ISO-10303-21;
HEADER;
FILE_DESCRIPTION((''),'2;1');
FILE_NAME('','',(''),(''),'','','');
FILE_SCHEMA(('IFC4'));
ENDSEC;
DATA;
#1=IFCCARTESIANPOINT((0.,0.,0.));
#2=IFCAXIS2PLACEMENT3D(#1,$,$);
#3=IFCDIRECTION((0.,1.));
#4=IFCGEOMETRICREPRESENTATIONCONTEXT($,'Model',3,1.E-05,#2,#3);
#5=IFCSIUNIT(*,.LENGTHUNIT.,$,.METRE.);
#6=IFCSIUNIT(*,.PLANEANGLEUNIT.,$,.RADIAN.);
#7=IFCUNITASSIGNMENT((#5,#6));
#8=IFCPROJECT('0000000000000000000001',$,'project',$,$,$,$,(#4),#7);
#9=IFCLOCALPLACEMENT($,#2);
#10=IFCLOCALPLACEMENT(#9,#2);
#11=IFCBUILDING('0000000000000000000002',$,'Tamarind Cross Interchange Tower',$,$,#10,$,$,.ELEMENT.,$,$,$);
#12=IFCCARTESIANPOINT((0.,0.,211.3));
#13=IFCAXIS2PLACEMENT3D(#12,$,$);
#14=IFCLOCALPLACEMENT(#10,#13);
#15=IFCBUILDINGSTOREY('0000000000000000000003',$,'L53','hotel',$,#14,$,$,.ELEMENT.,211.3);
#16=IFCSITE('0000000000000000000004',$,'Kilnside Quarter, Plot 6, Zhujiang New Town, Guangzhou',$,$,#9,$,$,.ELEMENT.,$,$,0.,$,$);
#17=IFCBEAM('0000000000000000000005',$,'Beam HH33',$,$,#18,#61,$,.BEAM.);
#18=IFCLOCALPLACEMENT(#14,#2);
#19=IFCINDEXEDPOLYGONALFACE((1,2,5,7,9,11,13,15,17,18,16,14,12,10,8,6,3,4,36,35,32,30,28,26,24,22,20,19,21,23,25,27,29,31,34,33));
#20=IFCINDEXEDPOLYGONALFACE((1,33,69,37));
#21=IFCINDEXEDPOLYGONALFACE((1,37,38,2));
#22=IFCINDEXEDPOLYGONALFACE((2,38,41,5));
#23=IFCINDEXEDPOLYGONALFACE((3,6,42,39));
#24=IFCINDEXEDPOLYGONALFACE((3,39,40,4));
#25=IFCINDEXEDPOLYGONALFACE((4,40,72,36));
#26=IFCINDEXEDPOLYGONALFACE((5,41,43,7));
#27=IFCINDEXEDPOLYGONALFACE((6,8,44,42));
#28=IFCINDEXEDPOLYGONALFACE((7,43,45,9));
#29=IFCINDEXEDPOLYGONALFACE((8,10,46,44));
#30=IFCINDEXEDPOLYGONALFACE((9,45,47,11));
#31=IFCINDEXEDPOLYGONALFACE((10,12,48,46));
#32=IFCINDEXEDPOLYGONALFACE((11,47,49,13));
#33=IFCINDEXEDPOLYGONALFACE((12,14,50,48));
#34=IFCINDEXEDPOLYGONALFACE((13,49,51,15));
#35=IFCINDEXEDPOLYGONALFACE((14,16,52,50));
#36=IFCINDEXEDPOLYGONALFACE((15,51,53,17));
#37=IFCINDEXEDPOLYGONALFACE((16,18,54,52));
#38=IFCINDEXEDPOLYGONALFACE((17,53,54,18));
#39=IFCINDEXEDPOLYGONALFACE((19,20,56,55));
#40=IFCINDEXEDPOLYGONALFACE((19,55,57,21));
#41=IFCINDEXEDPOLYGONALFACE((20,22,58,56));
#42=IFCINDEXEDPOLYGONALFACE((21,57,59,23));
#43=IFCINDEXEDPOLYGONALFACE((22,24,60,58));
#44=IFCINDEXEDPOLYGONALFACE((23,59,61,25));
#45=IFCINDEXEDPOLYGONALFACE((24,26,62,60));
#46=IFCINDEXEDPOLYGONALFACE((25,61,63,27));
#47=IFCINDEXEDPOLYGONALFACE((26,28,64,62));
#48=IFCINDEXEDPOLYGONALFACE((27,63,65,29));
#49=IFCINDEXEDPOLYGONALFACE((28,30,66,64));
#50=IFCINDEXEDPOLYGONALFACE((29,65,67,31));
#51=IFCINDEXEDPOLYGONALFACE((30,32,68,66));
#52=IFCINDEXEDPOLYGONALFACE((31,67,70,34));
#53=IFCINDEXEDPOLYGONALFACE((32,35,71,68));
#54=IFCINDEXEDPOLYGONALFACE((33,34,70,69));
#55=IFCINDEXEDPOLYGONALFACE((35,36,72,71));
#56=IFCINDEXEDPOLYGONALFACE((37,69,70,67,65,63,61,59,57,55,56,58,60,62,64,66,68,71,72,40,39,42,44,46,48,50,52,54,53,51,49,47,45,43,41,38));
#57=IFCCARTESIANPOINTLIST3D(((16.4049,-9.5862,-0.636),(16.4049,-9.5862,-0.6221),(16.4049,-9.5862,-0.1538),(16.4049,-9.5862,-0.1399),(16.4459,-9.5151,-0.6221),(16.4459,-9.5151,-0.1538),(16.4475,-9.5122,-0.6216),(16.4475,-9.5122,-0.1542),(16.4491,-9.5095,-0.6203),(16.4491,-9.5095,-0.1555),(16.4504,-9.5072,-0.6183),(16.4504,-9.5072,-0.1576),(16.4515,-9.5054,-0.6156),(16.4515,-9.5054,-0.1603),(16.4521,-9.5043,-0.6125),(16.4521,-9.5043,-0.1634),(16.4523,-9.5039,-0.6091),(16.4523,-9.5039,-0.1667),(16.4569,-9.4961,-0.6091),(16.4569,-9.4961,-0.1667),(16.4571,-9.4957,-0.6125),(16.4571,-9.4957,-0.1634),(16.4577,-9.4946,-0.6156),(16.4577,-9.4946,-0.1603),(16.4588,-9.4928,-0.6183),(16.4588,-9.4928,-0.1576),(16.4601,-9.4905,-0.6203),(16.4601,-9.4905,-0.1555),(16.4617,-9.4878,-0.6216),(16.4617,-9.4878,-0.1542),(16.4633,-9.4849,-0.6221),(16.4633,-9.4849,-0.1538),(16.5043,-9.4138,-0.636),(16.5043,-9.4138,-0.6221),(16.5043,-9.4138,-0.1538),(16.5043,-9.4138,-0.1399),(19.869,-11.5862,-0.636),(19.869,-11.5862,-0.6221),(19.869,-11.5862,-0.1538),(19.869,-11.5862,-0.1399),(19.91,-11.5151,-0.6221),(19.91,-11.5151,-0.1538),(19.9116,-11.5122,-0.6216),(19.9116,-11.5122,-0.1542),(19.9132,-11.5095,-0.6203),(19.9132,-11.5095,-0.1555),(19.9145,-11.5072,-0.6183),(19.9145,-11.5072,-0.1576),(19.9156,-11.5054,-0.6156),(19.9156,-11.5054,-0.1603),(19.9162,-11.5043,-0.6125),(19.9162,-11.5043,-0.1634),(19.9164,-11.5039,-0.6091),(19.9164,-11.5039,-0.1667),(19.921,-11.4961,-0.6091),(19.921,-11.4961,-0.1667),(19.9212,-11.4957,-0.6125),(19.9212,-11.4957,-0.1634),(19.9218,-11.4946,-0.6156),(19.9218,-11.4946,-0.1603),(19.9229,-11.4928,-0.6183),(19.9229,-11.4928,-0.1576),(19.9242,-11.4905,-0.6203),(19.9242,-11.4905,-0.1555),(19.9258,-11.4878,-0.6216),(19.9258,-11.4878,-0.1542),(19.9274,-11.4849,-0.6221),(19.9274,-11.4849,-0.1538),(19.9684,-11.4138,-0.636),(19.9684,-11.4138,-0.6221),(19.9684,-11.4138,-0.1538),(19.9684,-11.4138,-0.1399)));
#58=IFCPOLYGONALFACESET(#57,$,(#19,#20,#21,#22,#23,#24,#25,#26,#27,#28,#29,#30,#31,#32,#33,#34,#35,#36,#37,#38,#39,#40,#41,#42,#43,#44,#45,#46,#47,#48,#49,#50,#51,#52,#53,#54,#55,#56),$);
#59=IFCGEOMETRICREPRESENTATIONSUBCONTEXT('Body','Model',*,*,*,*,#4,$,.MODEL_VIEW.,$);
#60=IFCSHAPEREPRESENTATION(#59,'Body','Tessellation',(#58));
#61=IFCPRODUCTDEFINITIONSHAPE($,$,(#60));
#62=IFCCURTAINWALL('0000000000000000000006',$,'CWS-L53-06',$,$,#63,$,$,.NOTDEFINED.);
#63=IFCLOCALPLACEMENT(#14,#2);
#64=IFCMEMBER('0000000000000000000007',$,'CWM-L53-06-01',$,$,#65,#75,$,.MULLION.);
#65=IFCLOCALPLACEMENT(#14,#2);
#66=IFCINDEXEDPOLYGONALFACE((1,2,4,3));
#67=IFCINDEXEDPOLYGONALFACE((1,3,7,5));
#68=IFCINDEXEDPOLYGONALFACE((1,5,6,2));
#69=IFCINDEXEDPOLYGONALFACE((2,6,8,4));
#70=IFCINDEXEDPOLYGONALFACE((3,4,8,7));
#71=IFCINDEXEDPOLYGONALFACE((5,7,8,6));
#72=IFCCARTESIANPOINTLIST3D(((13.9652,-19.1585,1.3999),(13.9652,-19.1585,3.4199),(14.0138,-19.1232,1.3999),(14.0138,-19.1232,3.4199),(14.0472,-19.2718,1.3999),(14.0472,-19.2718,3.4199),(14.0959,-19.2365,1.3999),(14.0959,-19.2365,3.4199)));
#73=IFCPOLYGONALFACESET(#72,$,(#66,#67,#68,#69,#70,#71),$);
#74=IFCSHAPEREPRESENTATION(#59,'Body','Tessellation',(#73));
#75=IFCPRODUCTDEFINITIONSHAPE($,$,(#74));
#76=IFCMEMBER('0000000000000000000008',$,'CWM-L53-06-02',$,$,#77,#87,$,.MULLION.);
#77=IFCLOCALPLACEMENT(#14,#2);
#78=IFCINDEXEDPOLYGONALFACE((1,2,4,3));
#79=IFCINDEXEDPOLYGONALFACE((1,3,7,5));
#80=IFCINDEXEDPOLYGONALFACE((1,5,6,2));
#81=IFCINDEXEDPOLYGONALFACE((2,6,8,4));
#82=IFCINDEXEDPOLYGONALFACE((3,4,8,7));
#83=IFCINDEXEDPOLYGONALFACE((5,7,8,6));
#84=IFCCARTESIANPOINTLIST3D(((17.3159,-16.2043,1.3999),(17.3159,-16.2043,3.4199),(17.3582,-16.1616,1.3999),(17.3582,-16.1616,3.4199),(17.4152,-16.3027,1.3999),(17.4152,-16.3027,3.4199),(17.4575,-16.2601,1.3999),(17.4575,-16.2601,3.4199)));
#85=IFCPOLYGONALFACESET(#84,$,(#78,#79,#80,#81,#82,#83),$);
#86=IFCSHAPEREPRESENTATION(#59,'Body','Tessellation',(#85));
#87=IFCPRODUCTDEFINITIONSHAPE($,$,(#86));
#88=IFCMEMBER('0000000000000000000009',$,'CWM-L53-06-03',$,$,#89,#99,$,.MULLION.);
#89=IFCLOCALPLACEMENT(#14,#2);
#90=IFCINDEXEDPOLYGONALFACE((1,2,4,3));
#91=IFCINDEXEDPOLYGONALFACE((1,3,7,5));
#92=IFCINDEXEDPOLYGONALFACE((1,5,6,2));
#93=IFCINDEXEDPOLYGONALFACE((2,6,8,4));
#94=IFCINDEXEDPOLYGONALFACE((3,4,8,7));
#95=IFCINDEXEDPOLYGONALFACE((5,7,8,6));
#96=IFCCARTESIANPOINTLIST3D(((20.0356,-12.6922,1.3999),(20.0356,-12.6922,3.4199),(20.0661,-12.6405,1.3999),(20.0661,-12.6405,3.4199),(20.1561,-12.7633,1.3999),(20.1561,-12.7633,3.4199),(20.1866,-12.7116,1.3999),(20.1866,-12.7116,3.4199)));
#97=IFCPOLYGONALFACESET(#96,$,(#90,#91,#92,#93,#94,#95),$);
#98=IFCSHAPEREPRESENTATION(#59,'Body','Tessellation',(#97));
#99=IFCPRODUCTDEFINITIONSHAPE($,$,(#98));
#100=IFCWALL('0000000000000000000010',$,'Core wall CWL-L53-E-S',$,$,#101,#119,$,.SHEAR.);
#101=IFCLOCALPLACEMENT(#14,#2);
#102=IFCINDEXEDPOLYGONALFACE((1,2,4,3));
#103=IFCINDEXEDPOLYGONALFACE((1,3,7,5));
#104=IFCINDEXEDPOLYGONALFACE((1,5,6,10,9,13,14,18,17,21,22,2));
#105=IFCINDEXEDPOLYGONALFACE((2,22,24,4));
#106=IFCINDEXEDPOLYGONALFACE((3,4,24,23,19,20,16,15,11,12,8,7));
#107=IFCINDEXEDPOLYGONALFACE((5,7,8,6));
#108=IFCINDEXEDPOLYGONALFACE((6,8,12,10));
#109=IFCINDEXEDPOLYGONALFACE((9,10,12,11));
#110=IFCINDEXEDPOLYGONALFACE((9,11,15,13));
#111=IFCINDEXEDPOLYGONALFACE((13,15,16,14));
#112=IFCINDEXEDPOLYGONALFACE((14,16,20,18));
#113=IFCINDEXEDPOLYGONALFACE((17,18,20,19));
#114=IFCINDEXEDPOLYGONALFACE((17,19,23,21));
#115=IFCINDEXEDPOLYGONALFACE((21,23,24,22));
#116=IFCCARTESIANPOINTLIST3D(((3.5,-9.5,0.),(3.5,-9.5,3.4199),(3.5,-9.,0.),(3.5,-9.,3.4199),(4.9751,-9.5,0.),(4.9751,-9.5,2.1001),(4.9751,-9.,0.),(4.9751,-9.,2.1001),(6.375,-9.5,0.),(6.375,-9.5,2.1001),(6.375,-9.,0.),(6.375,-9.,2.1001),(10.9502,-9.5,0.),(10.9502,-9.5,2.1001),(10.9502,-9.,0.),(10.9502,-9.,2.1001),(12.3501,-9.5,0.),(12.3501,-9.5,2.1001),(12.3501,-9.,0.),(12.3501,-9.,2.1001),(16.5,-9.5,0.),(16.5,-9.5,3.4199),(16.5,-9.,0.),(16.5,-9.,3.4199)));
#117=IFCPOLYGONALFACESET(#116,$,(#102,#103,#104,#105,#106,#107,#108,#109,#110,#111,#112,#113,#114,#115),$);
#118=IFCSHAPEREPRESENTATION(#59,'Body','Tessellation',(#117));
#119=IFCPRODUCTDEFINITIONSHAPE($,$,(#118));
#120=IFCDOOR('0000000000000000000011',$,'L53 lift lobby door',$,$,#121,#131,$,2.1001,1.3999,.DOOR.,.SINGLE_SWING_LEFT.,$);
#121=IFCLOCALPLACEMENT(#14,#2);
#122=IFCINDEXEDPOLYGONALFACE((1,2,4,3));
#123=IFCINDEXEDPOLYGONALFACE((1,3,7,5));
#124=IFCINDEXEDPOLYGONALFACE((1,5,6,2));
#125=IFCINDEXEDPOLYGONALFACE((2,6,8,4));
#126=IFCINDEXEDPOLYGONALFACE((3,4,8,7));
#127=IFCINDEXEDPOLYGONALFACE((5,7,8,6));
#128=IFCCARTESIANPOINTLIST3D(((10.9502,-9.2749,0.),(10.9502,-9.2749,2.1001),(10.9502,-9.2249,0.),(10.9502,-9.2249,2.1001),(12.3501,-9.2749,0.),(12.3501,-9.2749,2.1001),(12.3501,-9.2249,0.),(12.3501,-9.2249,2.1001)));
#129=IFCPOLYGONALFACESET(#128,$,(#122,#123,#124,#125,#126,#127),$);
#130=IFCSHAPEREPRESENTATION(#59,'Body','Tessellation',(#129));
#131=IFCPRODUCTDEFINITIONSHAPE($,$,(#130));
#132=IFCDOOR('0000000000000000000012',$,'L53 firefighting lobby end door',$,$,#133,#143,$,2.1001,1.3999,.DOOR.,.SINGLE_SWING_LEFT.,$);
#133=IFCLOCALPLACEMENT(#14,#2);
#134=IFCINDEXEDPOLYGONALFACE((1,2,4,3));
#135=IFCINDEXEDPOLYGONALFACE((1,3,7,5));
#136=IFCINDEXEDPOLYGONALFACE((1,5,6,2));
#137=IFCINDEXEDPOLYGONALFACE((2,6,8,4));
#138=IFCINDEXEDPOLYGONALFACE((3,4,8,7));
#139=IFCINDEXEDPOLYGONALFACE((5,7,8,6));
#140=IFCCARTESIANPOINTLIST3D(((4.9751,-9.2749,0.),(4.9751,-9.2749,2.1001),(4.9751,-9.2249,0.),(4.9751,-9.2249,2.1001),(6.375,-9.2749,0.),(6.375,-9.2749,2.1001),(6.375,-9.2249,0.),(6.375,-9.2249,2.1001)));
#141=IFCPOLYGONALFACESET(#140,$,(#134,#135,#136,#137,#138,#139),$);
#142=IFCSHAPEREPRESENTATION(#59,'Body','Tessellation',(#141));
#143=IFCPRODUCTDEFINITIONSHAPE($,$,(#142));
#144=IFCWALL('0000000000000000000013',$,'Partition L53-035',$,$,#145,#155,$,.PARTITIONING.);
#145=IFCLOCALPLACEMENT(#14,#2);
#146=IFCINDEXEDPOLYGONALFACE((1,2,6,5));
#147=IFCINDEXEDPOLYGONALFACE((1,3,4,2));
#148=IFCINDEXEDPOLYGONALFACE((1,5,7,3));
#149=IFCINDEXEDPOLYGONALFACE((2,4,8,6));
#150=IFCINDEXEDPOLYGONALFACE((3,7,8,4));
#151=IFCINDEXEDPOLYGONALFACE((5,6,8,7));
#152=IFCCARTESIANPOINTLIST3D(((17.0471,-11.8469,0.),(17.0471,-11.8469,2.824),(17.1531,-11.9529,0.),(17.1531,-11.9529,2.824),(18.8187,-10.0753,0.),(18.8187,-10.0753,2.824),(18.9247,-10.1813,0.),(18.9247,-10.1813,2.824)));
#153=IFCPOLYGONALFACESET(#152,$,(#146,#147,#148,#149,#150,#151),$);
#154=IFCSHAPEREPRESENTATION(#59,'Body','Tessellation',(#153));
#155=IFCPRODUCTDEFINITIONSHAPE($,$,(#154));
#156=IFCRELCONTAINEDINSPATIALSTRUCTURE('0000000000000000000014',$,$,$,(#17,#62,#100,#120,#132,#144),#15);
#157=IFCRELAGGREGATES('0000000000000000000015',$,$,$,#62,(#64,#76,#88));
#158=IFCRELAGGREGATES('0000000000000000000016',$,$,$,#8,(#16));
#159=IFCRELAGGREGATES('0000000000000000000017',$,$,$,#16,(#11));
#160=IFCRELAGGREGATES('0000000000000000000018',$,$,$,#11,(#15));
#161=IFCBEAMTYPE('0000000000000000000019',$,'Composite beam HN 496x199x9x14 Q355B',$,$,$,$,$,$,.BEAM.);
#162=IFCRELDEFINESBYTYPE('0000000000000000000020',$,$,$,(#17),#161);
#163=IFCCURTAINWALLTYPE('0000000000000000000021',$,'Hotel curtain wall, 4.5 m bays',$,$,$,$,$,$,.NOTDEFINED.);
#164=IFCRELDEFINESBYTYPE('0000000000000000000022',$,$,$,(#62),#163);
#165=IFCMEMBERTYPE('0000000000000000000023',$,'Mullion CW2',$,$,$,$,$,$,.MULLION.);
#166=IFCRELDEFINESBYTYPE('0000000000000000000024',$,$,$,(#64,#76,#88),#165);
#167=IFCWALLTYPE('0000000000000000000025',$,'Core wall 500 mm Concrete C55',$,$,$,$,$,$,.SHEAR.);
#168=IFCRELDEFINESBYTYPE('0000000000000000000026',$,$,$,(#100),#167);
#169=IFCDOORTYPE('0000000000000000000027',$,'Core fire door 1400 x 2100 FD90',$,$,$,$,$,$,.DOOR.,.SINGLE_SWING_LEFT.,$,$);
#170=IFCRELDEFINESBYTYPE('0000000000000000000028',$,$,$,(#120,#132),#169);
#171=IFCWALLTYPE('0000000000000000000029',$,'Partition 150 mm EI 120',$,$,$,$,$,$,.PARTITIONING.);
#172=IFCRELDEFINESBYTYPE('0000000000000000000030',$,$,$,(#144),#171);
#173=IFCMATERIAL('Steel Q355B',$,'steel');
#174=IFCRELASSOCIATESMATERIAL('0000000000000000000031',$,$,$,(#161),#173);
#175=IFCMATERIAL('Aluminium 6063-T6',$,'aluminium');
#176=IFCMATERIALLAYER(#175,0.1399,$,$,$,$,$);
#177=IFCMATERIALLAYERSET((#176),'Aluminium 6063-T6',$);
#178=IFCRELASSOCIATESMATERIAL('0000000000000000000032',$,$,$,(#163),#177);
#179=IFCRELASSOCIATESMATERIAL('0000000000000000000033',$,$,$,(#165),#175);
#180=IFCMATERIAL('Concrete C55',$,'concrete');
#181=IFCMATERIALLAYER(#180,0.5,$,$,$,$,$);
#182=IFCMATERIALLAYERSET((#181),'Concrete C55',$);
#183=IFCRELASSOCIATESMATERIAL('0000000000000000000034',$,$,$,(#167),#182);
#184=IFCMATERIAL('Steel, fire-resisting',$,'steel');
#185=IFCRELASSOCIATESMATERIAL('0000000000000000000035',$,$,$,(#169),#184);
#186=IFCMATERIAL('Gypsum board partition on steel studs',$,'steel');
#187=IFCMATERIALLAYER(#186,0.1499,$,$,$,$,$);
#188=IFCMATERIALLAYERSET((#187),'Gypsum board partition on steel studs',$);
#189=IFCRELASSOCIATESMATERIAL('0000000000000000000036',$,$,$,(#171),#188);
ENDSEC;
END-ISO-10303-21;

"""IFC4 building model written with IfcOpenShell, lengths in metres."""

from ifc_helpers import new_model, si_unit, direction, frame, frame_2d, origin, origin_2d, place, context, subcontext, project, spatial, rectangle, i_section, extrude, material, layer, layer_set, material_profile, profile_set, type_object, element, fill, aggregate, save


model = new_model("IFC4")

# Units and contexts
model_context = context("Model", 3, precision=1e-05, world=origin(), true_north=direction((0.0, 1.0)))
body_context = subcontext(model_context, "Body", "Model", "MODEL_VIEW")
ifc_project = project(units=[si_unit("LENGTHUNIT", "METRE"), si_unit("PLANEANGLEUNIT", "RADIAN")], contexts=[model_context])

# Site, building, storey
site_placement = place(None, origin())
site = spatial("IfcSite", under=ifc_project, at=site_placement, Name="Kilnside Quarter, Plot 6, Zhujiang New Town, Guangzhou", CompositionType="ELEMENT", RefElevation=0.0)
building_placement = place(site_placement, origin())
building = spatial("IfcBuilding", under=site, at=building_placement, Name="Tamarind Cross Interchange Tower", CompositionType="ELEMENT")
storey_placement = place(building_placement, frame((0.0, 0.0, 211.3)))
storey = spatial("IfcBuildingStorey", under=building, at=storey_placement, Name="L53", Description="hotel", CompositionType="ELEMENT", Elevation=211.3)

# Shared definitions
ifc_material_1 = material(Name="Concrete C55", Category="concrete")

# Beam
ifc_material_2 = material(Name="Steel Q355B", Category="steel")
ifc_material_profile_1 = material_profile(ifc_material_2, i_section(OverallWidth=0.199, OverallDepth=0.4961, WebThickness=0.009, FlangeThickness=0.0139, FilletRadius=0.0129, at=origin_2d()), Name="HN 496x199x9x14")
ifc_profile_set_1 = profile_set([ifc_material_profile_1], Name="Steel Q355B")
beam_type = type_object("IfcBeamType", Name="Composite beam HN 496x199x9x14 Q355B", PredefinedType="BEAM", material=ifc_profile_set_1)
beam_1_placement = place(storey_placement, frame((19.9187, -11.5, -0.3879), z_axis=(-0.866026, 0.499999, 0.0), x_axis=(-0.499999, -0.866026, 0.0)))
element("IfcBeam", 1, at=beam_1_placement, inside=storey, type_object=beam_type, Name="Beam HH33", PredefinedType="BEAM", context=body_context, shape_type="SweptSolid", body=[
    extrude(i_section(OverallWidth=0.199, OverallDepth=0.4961, WebThickness=0.009, FlangeThickness=0.0139, FilletRadius=0.0129, at=origin_2d()), origin(), (0.0, 0.0, 1.0), 4.0),
])

# Curtain wall, members
ifc_material_3 = material(Name="Aluminium 6063-T6", Category="aluminium")
ifc_layer_1 = layer(ifc_material_3, 0.1399)
ifc_layer_set_1 = layer_set([ifc_layer_1], Name="Aluminium 6063-T6")
curtain_wall_type = type_object("IfcCurtainWallType", Name="Hotel curtain wall, 4.5 m bays", PredefinedType="NOTDEFINED", material=ifc_layer_set_1)
curtain_wall_placement = place(storey_placement, origin())
curtain_wall = element("IfcCurtainWall", 2, at=curtain_wall_placement, inside=storey, type_object=curtain_wall_type, Name="CWS-L53-06", PredefinedType="NOTDEFINED")
ifc_material_profile_2 = material_profile(ifc_material_3, rectangle(XDim=0.0601, YDim=0.1399, at=origin_2d()), Name="Mullion CW2")
ifc_profile_set_2 = profile_set([ifc_material_profile_2], Name="Aluminium 6063-T6")
member_type = type_object("IfcMemberType", Name="Mullion CW2", PredefinedType="MULLION", material=ifc_profile_set_2)
member_1_placement = place(storey_placement, frame((14.0305, -19.1975, 1.3999), z_axis=(0.0, 0.0, 1.0), x_axis=(0.809856, 0.586629, 0.0)))
member_1 = element("IfcMember", 3, at=member_1_placement, type_object=member_type, Name="CWM-L53-06-01", PredefinedType="MULLION", context=body_context, shape_type="SweptSolid", body=[
    extrude(rectangle(XDim=0.0601, YDim=0.1399, at=origin_2d()), origin(), (0.0, 0.0, 1.0), 2.02),
])
member_2_placement = place(storey_placement, frame((17.3867, -16.2322, 1.3999), z_axis=(0.0, 0.0, 1.0), x_axis=(0.704057, 0.710143, 0.0)))
member_2 = element("IfcMember", 4, at=member_2_placement, type_object=member_type, Name="CWM-L53-06-02", PredefinedType="MULLION", context=body_context, shape_type="SweptSolid", body=[
    extrude(rectangle(XDim=0.0601, YDim=0.1399, at=origin_2d()), origin(), (0.0, 0.0, 1.0), 2.02),
])
member_3_placement = place(storey_placement, frame((20.1111, -12.7019, 1.3999), z_axis=(0.0, 0.0, 1.0), x_axis=(0.508183, 0.861249, 0.0)))
member_3 = element("IfcMember", 5, at=member_3_placement, type_object=member_type, Name="CWM-L53-06-03", PredefinedType="MULLION", context=body_context, shape_type="SweptSolid", body=[
    extrude(rectangle(XDim=0.0601, YDim=0.1399, at=origin_2d()), origin(), (0.0, 0.0, 1.0), 2.02),
])
aggregate(curtain_wall, [member_1, member_2, member_3])

# Wall, openings, doors
ifc_layer_2 = layer(ifc_material_1, 0.5)
ifc_layer_set_2 = layer_set([ifc_layer_2], Name="Concrete C55")
wall_type_1 = type_object("IfcWallType", Name="Core wall 500 mm Concrete C55", PredefinedType="SHEAR", material=ifc_layer_set_2)
wall_1_placement = place(storey_placement, frame((16.5, -9.25, 0.0), z_axis=(0.0, 0.0, 1.0), x_axis=(-1.0, 0.0, 0.0)))
wall_1 = element("IfcWall", 6, at=wall_1_placement, inside=storey, type_object=wall_type_1, Name="Core wall CWL-L53-E-S", PredefinedType="SHEAR", context=body_context, shape_type="SweptSolid", body=[
    extrude(rectangle(XDim=13.0, YDim=0.5, at=frame_2d((6.5, 0.0))), origin(), (0.0, 0.0, 1.0), 3.4199),
])
opening_1_placement = place(wall_1_placement, frame((4.1499, 0.0, 0.0)))
opening_1 = element("IfcOpeningElement", 7, at=opening_1_placement, cuts=wall_1, PredefinedType="OPENING", context=body_context, shape_type="SweptSolid", body=[
    extrude(rectangle(XDim=1.3999, YDim=2.1001, at=frame_2d((0.7, 1.05))), frame((0.0, 0.26, 0.0), z_axis=(0.0, -1.0, 0.0), x_axis=(1.0, 0.0, 0.0)), (0.0, 0.0, 1.0), 0.52),
])
opening_2_placement = place(wall_1_placement, frame((10.125, 0.0, 0.0)))
opening_2 = element("IfcOpeningElement", 8, at=opening_2_placement, cuts=wall_1, PredefinedType="OPENING", context=body_context, shape_type="SweptSolid", body=[
    extrude(rectangle(XDim=1.3999, YDim=2.1001, at=frame_2d((0.7, 1.05))), frame((0.0, 0.26, 0.0), z_axis=(0.0, -1.0, 0.0), x_axis=(1.0, 0.0, 0.0)), (0.0, 0.0, 1.0), 0.52),
])
ifc_material_4 = material(Name="Steel, fire-resisting", Category="steel")
door_type_1 = type_object("IfcDoorType", Name="Core fire door 1400 x 2100 FD90", OperationType="SINGLE_SWING_LEFT", PredefinedType="DOOR", material=ifc_material_4)
door_1_placement = place(opening_1_placement, origin())
door_1 = element("IfcDoor", 9, at=door_1_placement, inside=storey, type_object=door_type_1, Name="L53 lift lobby door", OperationType="SINGLE_SWING_LEFT", OverallHeight=2.1001, OverallWidth=1.3999, PredefinedType="DOOR", context=body_context, shape_type="SweptSolid", body=[
    extrude(rectangle(XDim=1.3999, YDim=2.1001, at=frame_2d((0.7, 1.05))), frame((0.0, 0.0249, 0.0), z_axis=(0.0, -1.0, 0.0), x_axis=(1.0, 0.0, 0.0)), (0.0, 0.0, 1.0), 0.05),
])
fill(opening_1, door_1)
door_2_placement = place(opening_2_placement, origin())
door_2 = element("IfcDoor", 10, at=door_2_placement, inside=storey, type_object=door_type_1, Name="L53 firefighting lobby end door", OperationType="SINGLE_SWING_LEFT", OverallHeight=2.1001, OverallWidth=1.3999, PredefinedType="DOOR", context=body_context, shape_type="SweptSolid", body=[
    extrude(rectangle(XDim=1.3999, YDim=2.1001, at=frame_2d((0.7, 1.05))), frame((0.0, 0.0249, 0.0), z_axis=(0.0, -1.0, 0.0), x_axis=(1.0, 0.0, 0.0)), (0.0, 0.0, 1.0), 0.05),
])
fill(opening_2, door_2)

# Wall
ifc_material_5 = material(Name="Gypsum board partition on steel studs", Category="steel")
ifc_layer_3 = layer(ifc_material_5, 0.1499)
ifc_layer_set_3 = layer_set([ifc_layer_3], Name="Gypsum board partition on steel studs")
wall_type_2 = type_object("IfcWallType", Name="Partition 150 mm EI 120", PredefinedType="PARTITIONING", material=ifc_layer_set_3)
wall_2_placement = place(storey_placement, frame((17.1001, -11.8999, 0.0), z_axis=(0.0, 0.0, 1.0), x_axis=(0.707107, 0.707107, 0.0)))
element("IfcWall", 11, at=wall_2_placement, inside=storey, type_object=wall_type_2, Name="Partition L53-035", PredefinedType="PARTITIONING", context=body_context, shape_type="SweptSolid", body=[
    extrude(rectangle(XDim=2.5054, YDim=0.1499, at=frame_2d((1.2527, 0.0))), origin(), (0.0, 0.0, 1.0), 2.824),
])

save(model, "model.ifc")
